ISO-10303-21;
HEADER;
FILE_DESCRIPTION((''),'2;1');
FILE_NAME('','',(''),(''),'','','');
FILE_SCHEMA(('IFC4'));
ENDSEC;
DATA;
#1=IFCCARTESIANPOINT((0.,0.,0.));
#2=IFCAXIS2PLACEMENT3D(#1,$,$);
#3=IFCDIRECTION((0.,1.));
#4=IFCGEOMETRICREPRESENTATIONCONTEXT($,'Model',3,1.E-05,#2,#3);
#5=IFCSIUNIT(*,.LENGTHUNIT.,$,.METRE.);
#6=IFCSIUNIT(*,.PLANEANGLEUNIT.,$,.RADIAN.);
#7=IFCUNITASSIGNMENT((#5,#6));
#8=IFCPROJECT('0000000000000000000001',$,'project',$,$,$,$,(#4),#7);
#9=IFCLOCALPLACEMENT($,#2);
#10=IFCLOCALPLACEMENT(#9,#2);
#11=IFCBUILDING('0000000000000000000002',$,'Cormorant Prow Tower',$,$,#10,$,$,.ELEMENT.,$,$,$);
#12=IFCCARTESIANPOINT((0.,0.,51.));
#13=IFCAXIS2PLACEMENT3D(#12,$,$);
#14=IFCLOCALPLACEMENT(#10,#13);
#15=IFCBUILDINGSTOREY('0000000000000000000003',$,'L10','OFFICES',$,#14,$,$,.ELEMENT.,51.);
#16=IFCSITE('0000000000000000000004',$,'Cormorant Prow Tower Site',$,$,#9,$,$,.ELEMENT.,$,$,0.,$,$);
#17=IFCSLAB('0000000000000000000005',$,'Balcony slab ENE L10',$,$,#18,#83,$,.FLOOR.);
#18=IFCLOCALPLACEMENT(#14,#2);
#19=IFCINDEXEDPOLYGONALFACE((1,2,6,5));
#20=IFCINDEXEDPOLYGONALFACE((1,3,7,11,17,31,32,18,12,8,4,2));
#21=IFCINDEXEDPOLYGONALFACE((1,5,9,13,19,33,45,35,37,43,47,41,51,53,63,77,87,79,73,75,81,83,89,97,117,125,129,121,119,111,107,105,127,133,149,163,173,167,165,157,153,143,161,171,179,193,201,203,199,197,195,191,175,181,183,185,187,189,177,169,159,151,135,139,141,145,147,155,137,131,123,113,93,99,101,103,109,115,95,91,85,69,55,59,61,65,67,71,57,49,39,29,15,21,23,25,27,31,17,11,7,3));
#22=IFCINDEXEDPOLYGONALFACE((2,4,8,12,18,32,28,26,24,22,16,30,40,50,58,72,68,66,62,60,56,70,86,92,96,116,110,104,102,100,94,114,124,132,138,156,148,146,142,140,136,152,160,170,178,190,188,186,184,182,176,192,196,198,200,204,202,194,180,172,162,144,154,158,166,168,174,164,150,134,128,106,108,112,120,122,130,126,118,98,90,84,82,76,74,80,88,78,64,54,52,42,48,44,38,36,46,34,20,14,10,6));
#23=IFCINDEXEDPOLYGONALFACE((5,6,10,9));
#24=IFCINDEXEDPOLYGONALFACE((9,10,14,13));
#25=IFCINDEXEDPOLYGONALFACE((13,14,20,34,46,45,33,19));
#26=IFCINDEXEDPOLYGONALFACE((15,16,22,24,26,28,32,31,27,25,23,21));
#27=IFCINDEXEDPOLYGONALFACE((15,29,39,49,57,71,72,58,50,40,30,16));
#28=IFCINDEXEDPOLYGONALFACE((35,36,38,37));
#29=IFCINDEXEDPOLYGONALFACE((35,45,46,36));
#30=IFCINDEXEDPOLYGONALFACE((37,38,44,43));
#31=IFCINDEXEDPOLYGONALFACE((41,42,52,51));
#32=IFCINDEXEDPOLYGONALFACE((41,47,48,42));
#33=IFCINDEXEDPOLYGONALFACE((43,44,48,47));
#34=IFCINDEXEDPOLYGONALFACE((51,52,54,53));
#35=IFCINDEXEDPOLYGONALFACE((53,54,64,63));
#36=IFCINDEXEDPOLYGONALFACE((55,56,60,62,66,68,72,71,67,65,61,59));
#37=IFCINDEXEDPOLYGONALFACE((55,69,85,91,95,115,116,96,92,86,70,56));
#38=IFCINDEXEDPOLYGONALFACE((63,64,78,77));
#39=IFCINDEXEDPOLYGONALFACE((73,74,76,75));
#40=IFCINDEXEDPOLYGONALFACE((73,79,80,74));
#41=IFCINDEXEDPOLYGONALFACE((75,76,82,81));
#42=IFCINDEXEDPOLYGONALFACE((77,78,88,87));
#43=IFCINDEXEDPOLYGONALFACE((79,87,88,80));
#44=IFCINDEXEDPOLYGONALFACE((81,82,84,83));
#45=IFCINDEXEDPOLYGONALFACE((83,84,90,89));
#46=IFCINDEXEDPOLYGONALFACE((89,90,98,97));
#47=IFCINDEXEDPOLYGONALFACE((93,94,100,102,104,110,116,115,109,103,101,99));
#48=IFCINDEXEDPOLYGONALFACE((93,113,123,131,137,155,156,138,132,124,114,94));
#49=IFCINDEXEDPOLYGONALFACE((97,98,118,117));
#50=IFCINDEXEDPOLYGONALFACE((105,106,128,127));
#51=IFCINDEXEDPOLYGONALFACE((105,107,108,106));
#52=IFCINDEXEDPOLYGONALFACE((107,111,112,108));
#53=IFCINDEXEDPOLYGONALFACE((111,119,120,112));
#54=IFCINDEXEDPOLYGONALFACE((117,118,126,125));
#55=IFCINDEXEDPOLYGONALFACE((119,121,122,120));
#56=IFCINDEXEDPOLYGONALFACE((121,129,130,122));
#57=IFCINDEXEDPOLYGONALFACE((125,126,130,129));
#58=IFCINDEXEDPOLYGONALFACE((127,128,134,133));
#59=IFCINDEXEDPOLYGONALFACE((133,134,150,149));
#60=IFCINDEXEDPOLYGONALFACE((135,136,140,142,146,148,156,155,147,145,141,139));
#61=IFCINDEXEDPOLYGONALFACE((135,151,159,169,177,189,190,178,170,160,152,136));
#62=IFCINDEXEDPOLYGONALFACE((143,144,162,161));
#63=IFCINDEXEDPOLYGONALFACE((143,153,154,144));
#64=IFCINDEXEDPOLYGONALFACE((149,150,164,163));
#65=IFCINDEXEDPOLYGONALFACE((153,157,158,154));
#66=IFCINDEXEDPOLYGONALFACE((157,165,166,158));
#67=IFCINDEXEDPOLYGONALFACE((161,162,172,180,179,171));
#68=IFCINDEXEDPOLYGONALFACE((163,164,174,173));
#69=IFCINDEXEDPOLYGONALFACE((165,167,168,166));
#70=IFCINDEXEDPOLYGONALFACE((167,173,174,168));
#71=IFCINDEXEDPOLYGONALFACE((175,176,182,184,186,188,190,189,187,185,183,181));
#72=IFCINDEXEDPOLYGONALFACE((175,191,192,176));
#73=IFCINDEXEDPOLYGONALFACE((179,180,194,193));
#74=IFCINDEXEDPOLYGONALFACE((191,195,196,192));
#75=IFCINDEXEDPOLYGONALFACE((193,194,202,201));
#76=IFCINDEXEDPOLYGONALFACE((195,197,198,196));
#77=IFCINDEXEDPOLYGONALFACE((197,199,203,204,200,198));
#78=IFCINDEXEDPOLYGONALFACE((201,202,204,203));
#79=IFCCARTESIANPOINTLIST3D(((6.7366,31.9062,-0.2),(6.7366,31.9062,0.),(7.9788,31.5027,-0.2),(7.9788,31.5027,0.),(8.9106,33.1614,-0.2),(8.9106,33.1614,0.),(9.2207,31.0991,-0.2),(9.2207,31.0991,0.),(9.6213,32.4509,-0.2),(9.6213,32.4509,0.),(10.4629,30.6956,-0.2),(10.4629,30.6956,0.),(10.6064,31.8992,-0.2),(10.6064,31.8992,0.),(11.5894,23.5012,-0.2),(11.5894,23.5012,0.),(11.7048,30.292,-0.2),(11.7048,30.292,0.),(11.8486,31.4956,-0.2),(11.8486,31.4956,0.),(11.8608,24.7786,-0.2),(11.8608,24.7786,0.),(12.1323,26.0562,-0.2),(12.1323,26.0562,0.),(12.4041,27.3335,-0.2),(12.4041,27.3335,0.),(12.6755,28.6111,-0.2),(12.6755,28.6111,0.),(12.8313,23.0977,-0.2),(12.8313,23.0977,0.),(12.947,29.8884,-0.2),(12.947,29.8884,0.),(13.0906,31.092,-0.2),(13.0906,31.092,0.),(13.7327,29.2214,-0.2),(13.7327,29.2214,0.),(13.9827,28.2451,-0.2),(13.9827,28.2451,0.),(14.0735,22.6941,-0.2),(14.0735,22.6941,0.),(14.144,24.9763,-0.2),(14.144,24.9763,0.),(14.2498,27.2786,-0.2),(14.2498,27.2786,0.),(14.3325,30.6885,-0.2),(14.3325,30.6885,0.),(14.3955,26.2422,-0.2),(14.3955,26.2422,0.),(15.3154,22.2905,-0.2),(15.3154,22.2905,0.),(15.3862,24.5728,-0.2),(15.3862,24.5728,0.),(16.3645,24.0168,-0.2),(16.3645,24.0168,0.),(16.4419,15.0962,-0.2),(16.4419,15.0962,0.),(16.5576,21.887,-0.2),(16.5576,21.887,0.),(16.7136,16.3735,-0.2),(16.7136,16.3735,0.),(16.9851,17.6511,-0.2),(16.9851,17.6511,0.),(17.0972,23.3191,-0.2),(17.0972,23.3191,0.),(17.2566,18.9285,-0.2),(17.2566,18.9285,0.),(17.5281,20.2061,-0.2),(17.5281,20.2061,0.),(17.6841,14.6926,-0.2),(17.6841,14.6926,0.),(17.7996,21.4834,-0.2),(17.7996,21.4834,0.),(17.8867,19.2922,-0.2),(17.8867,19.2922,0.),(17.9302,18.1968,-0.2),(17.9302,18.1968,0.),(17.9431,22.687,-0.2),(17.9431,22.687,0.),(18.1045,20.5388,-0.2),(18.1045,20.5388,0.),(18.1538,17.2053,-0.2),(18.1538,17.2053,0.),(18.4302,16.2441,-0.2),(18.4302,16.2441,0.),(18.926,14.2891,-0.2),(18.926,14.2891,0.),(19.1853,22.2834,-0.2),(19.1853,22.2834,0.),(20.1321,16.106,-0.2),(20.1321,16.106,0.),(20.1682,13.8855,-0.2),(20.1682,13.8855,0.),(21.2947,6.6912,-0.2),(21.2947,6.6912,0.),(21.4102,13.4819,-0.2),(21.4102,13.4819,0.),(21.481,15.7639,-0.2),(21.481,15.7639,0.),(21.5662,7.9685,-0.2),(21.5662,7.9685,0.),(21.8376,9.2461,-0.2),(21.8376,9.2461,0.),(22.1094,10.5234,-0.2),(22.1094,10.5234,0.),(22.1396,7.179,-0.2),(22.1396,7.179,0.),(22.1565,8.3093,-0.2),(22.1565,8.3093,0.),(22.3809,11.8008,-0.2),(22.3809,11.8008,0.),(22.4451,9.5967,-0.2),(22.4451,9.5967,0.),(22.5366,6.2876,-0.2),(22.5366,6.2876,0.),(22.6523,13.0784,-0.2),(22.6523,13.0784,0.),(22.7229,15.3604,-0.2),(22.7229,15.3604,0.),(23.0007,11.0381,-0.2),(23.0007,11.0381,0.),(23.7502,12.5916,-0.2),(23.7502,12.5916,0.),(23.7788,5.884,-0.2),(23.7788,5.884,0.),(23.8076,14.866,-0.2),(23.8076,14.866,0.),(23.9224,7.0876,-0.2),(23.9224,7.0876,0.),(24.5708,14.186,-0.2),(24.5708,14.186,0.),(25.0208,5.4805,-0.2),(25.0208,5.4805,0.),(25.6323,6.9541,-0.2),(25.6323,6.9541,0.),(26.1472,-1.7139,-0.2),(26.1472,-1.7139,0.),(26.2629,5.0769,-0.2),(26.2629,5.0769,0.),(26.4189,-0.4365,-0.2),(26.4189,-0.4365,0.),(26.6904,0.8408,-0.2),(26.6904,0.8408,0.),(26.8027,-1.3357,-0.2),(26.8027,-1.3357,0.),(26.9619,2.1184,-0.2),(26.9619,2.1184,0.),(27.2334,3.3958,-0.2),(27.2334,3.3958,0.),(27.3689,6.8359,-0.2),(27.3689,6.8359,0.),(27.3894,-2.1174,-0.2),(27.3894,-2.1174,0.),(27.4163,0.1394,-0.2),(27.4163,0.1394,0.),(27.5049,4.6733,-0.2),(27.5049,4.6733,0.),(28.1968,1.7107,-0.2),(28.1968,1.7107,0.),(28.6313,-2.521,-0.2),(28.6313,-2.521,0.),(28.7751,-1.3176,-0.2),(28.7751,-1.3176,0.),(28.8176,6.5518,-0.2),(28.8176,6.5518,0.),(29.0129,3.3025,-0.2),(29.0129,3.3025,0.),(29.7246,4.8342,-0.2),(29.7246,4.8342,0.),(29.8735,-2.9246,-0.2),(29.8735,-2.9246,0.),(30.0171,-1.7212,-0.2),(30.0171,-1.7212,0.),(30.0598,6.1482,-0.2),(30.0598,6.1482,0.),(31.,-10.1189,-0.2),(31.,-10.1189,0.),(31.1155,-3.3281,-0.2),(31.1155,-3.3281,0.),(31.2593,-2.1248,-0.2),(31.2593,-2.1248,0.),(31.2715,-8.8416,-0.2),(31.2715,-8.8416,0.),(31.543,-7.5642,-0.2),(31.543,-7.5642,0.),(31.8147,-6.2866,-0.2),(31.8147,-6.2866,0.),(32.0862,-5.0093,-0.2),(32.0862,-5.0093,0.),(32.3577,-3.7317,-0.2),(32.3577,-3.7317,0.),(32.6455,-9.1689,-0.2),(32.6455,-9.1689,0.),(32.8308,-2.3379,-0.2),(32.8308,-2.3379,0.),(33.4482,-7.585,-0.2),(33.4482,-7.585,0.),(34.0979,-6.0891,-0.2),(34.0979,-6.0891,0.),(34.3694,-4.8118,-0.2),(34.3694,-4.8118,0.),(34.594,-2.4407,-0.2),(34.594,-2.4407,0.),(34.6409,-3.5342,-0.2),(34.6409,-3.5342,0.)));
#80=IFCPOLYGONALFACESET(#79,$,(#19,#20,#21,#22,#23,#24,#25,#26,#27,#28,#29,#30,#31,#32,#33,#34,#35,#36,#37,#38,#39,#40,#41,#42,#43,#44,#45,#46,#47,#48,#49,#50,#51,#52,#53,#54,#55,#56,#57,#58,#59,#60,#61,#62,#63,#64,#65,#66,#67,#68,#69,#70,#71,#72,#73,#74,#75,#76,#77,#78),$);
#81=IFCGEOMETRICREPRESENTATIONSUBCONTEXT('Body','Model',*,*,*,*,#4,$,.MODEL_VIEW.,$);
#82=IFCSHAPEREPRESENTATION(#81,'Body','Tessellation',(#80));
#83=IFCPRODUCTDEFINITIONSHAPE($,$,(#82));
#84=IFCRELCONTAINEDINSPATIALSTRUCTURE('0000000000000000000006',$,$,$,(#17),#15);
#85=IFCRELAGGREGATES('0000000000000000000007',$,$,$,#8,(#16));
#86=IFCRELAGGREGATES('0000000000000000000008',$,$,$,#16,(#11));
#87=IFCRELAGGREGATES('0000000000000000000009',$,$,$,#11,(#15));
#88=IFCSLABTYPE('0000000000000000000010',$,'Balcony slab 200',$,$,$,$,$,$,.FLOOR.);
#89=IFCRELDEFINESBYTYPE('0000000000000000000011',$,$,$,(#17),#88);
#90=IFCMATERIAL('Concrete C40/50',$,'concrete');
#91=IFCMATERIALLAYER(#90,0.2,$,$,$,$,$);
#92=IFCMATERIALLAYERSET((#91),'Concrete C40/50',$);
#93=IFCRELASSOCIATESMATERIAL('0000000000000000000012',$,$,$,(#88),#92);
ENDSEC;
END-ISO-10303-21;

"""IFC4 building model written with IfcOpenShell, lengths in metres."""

from ifc_helpers import new_model, si_unit, direction, frame, origin, place, context, subcontext, project, spatial, polyline, outline, extrude, material, layer, layer_set, type_object, element, save


model = new_model("IFC4")

# Units and contexts
model_context = context("Model", 3, precision=1e-05, world=origin(), true_north=direction((0.0, 1.0)))
body_context = subcontext(model_context, "Body", "Model", "MODEL_VIEW")
ifc_project = project(units=[si_unit("LENGTHUNIT", "METRE"), si_unit("PLANEANGLEUNIT", "RADIAN")], contexts=[model_context])

# Site, building, storey
site_placement = place(None, origin())
site = spatial("IfcSite", under=ifc_project, at=site_placement, Name="Cormorant Prow Tower Site", CompositionType="ELEMENT", RefElevation=0.0)
building_placement = place(site_placement, origin())
building = spatial("IfcBuilding", under=site, at=building_placement, Name="Cormorant Prow Tower", CompositionType="ELEMENT")
storey_placement = place(building_placement, frame((0.0, 0.0, 51.0)))
storey = spatial("IfcBuildingStorey", under=building, at=storey_placement, Name="L10", Description="OFFICES", CompositionType="ELEMENT", Elevation=51.0)

# Slab
ifc_material_1 = material(Name="Concrete C40/50", Category="concrete")
ifc_layer_1 = layer(ifc_material_1, 0.2)
ifc_layer_set_1 = layer_set([ifc_layer_1], Name="Concrete C40/50")
slab_type_1 = type_object("IfcSlabType", Name="Balcony slab 200", PredefinedType="FLOOR", material=ifc_layer_set_1)
slab_1_placement = place(storey_placement, frame((0.0, 0.0, -0.2)))
element("IfcSlab", 1, at=slab_1_placement, inside=storey, type_object=slab_type_1, Name="Balcony slab ENE L10", PredefinedType="FLOOR", context=body_context, shape_type="SweptSolid", body=[
    extrude(outline(polyline([(31.0, -10.1189), (32.6455, -9.1689), (33.4482, -7.585), (34.0979, -6.0891), (34.3694, -4.8118), (34.6409, -3.5342), (34.594, -2.4407), (32.8308, -2.3379), (31.2593, -2.1248), (30.0171, -1.7212), (28.7751, -1.3176), (26.8027, -1.3357), (27.4163, 0.1394), (28.1968, 1.7107), (29.0129, 3.3025), (29.7246, 4.8342), (30.0598, 6.1482), (28.8176, 6.5518), (27.3689, 6.8359), (25.6323, 6.9541), (23.9224, 7.0876), (22.1396, 7.179), (22.1565, 8.3093), (22.4451, 9.5967), (23.0007, 11.0381), (23.7502, 12.5916), (24.5708, 14.186), (23.8076, 14.866), (22.7229, 15.3604), (21.481, 15.7639), (20.1321, 16.106), (18.4302, 16.2441), (18.1538, 17.2053), (17.9302, 18.1968), (17.8867, 19.2922), (18.1045, 20.5388), (19.1853, 22.2834), (17.9431, 22.687), (17.0972, 23.3191), (16.3645, 24.0168), (15.3862, 24.5728), (14.144, 24.9763), (14.3955, 26.2422), (14.2498, 27.2786), (13.9827, 28.2451), (13.7327, 29.2214), (14.3325, 30.6885), (13.0906, 31.092), (11.8486, 31.4956), (10.6064, 31.8992), (9.6213, 32.4509), (8.9106, 33.1614), (6.7366, 31.9062), (7.9788, 31.5027), (9.2207, 31.0991), (10.4629, 30.6956), (11.7048, 30.292), (12.947, 29.8884), (12.6755, 28.6111), (12.4041, 27.3335), (12.1323, 26.0562), (11.8608, 24.7786), (11.5894, 23.5012), (12.8313, 23.0977), (14.0735, 22.6941), (15.3154, 22.2905), (16.5576, 21.887), (17.7996, 21.4834), (17.5281, 20.2061), (17.2566, 18.9285), (16.9851, 17.6511), (16.7136, 16.3735), (16.4419, 15.0962), (17.6841, 14.6926), (18.926, 14.2891), (20.1682, 13.8855), (21.4102, 13.4819), (22.6523, 13.0784), (22.3809, 11.8008), (22.1094, 10.5234), (21.8376, 9.2461), (21.5662, 7.9685), (21.2947, 6.6912), (22.5366, 6.2876), (23.7788, 5.884), (25.0208, 5.4805), (26.2629, 5.0769), (27.5049, 4.6733), (27.2334, 3.3958), (26.9619, 2.1184), (26.6904, 0.8408), (26.4189, -0.4365), (26.1472, -1.7139), (27.3894, -2.1174), (28.6313, -2.521), (29.8735, -2.9246), (31.1155, -3.3281), (32.3577, -3.7317), (32.0862, -5.0093), (31.8147, -6.2866), (31.543, -7.5642), (31.2715, -8.8416), (31.0, -10.1189)])), origin(), (0.0, 0.0, 1.0), 0.2),
])

save(model, "model.ifc")
